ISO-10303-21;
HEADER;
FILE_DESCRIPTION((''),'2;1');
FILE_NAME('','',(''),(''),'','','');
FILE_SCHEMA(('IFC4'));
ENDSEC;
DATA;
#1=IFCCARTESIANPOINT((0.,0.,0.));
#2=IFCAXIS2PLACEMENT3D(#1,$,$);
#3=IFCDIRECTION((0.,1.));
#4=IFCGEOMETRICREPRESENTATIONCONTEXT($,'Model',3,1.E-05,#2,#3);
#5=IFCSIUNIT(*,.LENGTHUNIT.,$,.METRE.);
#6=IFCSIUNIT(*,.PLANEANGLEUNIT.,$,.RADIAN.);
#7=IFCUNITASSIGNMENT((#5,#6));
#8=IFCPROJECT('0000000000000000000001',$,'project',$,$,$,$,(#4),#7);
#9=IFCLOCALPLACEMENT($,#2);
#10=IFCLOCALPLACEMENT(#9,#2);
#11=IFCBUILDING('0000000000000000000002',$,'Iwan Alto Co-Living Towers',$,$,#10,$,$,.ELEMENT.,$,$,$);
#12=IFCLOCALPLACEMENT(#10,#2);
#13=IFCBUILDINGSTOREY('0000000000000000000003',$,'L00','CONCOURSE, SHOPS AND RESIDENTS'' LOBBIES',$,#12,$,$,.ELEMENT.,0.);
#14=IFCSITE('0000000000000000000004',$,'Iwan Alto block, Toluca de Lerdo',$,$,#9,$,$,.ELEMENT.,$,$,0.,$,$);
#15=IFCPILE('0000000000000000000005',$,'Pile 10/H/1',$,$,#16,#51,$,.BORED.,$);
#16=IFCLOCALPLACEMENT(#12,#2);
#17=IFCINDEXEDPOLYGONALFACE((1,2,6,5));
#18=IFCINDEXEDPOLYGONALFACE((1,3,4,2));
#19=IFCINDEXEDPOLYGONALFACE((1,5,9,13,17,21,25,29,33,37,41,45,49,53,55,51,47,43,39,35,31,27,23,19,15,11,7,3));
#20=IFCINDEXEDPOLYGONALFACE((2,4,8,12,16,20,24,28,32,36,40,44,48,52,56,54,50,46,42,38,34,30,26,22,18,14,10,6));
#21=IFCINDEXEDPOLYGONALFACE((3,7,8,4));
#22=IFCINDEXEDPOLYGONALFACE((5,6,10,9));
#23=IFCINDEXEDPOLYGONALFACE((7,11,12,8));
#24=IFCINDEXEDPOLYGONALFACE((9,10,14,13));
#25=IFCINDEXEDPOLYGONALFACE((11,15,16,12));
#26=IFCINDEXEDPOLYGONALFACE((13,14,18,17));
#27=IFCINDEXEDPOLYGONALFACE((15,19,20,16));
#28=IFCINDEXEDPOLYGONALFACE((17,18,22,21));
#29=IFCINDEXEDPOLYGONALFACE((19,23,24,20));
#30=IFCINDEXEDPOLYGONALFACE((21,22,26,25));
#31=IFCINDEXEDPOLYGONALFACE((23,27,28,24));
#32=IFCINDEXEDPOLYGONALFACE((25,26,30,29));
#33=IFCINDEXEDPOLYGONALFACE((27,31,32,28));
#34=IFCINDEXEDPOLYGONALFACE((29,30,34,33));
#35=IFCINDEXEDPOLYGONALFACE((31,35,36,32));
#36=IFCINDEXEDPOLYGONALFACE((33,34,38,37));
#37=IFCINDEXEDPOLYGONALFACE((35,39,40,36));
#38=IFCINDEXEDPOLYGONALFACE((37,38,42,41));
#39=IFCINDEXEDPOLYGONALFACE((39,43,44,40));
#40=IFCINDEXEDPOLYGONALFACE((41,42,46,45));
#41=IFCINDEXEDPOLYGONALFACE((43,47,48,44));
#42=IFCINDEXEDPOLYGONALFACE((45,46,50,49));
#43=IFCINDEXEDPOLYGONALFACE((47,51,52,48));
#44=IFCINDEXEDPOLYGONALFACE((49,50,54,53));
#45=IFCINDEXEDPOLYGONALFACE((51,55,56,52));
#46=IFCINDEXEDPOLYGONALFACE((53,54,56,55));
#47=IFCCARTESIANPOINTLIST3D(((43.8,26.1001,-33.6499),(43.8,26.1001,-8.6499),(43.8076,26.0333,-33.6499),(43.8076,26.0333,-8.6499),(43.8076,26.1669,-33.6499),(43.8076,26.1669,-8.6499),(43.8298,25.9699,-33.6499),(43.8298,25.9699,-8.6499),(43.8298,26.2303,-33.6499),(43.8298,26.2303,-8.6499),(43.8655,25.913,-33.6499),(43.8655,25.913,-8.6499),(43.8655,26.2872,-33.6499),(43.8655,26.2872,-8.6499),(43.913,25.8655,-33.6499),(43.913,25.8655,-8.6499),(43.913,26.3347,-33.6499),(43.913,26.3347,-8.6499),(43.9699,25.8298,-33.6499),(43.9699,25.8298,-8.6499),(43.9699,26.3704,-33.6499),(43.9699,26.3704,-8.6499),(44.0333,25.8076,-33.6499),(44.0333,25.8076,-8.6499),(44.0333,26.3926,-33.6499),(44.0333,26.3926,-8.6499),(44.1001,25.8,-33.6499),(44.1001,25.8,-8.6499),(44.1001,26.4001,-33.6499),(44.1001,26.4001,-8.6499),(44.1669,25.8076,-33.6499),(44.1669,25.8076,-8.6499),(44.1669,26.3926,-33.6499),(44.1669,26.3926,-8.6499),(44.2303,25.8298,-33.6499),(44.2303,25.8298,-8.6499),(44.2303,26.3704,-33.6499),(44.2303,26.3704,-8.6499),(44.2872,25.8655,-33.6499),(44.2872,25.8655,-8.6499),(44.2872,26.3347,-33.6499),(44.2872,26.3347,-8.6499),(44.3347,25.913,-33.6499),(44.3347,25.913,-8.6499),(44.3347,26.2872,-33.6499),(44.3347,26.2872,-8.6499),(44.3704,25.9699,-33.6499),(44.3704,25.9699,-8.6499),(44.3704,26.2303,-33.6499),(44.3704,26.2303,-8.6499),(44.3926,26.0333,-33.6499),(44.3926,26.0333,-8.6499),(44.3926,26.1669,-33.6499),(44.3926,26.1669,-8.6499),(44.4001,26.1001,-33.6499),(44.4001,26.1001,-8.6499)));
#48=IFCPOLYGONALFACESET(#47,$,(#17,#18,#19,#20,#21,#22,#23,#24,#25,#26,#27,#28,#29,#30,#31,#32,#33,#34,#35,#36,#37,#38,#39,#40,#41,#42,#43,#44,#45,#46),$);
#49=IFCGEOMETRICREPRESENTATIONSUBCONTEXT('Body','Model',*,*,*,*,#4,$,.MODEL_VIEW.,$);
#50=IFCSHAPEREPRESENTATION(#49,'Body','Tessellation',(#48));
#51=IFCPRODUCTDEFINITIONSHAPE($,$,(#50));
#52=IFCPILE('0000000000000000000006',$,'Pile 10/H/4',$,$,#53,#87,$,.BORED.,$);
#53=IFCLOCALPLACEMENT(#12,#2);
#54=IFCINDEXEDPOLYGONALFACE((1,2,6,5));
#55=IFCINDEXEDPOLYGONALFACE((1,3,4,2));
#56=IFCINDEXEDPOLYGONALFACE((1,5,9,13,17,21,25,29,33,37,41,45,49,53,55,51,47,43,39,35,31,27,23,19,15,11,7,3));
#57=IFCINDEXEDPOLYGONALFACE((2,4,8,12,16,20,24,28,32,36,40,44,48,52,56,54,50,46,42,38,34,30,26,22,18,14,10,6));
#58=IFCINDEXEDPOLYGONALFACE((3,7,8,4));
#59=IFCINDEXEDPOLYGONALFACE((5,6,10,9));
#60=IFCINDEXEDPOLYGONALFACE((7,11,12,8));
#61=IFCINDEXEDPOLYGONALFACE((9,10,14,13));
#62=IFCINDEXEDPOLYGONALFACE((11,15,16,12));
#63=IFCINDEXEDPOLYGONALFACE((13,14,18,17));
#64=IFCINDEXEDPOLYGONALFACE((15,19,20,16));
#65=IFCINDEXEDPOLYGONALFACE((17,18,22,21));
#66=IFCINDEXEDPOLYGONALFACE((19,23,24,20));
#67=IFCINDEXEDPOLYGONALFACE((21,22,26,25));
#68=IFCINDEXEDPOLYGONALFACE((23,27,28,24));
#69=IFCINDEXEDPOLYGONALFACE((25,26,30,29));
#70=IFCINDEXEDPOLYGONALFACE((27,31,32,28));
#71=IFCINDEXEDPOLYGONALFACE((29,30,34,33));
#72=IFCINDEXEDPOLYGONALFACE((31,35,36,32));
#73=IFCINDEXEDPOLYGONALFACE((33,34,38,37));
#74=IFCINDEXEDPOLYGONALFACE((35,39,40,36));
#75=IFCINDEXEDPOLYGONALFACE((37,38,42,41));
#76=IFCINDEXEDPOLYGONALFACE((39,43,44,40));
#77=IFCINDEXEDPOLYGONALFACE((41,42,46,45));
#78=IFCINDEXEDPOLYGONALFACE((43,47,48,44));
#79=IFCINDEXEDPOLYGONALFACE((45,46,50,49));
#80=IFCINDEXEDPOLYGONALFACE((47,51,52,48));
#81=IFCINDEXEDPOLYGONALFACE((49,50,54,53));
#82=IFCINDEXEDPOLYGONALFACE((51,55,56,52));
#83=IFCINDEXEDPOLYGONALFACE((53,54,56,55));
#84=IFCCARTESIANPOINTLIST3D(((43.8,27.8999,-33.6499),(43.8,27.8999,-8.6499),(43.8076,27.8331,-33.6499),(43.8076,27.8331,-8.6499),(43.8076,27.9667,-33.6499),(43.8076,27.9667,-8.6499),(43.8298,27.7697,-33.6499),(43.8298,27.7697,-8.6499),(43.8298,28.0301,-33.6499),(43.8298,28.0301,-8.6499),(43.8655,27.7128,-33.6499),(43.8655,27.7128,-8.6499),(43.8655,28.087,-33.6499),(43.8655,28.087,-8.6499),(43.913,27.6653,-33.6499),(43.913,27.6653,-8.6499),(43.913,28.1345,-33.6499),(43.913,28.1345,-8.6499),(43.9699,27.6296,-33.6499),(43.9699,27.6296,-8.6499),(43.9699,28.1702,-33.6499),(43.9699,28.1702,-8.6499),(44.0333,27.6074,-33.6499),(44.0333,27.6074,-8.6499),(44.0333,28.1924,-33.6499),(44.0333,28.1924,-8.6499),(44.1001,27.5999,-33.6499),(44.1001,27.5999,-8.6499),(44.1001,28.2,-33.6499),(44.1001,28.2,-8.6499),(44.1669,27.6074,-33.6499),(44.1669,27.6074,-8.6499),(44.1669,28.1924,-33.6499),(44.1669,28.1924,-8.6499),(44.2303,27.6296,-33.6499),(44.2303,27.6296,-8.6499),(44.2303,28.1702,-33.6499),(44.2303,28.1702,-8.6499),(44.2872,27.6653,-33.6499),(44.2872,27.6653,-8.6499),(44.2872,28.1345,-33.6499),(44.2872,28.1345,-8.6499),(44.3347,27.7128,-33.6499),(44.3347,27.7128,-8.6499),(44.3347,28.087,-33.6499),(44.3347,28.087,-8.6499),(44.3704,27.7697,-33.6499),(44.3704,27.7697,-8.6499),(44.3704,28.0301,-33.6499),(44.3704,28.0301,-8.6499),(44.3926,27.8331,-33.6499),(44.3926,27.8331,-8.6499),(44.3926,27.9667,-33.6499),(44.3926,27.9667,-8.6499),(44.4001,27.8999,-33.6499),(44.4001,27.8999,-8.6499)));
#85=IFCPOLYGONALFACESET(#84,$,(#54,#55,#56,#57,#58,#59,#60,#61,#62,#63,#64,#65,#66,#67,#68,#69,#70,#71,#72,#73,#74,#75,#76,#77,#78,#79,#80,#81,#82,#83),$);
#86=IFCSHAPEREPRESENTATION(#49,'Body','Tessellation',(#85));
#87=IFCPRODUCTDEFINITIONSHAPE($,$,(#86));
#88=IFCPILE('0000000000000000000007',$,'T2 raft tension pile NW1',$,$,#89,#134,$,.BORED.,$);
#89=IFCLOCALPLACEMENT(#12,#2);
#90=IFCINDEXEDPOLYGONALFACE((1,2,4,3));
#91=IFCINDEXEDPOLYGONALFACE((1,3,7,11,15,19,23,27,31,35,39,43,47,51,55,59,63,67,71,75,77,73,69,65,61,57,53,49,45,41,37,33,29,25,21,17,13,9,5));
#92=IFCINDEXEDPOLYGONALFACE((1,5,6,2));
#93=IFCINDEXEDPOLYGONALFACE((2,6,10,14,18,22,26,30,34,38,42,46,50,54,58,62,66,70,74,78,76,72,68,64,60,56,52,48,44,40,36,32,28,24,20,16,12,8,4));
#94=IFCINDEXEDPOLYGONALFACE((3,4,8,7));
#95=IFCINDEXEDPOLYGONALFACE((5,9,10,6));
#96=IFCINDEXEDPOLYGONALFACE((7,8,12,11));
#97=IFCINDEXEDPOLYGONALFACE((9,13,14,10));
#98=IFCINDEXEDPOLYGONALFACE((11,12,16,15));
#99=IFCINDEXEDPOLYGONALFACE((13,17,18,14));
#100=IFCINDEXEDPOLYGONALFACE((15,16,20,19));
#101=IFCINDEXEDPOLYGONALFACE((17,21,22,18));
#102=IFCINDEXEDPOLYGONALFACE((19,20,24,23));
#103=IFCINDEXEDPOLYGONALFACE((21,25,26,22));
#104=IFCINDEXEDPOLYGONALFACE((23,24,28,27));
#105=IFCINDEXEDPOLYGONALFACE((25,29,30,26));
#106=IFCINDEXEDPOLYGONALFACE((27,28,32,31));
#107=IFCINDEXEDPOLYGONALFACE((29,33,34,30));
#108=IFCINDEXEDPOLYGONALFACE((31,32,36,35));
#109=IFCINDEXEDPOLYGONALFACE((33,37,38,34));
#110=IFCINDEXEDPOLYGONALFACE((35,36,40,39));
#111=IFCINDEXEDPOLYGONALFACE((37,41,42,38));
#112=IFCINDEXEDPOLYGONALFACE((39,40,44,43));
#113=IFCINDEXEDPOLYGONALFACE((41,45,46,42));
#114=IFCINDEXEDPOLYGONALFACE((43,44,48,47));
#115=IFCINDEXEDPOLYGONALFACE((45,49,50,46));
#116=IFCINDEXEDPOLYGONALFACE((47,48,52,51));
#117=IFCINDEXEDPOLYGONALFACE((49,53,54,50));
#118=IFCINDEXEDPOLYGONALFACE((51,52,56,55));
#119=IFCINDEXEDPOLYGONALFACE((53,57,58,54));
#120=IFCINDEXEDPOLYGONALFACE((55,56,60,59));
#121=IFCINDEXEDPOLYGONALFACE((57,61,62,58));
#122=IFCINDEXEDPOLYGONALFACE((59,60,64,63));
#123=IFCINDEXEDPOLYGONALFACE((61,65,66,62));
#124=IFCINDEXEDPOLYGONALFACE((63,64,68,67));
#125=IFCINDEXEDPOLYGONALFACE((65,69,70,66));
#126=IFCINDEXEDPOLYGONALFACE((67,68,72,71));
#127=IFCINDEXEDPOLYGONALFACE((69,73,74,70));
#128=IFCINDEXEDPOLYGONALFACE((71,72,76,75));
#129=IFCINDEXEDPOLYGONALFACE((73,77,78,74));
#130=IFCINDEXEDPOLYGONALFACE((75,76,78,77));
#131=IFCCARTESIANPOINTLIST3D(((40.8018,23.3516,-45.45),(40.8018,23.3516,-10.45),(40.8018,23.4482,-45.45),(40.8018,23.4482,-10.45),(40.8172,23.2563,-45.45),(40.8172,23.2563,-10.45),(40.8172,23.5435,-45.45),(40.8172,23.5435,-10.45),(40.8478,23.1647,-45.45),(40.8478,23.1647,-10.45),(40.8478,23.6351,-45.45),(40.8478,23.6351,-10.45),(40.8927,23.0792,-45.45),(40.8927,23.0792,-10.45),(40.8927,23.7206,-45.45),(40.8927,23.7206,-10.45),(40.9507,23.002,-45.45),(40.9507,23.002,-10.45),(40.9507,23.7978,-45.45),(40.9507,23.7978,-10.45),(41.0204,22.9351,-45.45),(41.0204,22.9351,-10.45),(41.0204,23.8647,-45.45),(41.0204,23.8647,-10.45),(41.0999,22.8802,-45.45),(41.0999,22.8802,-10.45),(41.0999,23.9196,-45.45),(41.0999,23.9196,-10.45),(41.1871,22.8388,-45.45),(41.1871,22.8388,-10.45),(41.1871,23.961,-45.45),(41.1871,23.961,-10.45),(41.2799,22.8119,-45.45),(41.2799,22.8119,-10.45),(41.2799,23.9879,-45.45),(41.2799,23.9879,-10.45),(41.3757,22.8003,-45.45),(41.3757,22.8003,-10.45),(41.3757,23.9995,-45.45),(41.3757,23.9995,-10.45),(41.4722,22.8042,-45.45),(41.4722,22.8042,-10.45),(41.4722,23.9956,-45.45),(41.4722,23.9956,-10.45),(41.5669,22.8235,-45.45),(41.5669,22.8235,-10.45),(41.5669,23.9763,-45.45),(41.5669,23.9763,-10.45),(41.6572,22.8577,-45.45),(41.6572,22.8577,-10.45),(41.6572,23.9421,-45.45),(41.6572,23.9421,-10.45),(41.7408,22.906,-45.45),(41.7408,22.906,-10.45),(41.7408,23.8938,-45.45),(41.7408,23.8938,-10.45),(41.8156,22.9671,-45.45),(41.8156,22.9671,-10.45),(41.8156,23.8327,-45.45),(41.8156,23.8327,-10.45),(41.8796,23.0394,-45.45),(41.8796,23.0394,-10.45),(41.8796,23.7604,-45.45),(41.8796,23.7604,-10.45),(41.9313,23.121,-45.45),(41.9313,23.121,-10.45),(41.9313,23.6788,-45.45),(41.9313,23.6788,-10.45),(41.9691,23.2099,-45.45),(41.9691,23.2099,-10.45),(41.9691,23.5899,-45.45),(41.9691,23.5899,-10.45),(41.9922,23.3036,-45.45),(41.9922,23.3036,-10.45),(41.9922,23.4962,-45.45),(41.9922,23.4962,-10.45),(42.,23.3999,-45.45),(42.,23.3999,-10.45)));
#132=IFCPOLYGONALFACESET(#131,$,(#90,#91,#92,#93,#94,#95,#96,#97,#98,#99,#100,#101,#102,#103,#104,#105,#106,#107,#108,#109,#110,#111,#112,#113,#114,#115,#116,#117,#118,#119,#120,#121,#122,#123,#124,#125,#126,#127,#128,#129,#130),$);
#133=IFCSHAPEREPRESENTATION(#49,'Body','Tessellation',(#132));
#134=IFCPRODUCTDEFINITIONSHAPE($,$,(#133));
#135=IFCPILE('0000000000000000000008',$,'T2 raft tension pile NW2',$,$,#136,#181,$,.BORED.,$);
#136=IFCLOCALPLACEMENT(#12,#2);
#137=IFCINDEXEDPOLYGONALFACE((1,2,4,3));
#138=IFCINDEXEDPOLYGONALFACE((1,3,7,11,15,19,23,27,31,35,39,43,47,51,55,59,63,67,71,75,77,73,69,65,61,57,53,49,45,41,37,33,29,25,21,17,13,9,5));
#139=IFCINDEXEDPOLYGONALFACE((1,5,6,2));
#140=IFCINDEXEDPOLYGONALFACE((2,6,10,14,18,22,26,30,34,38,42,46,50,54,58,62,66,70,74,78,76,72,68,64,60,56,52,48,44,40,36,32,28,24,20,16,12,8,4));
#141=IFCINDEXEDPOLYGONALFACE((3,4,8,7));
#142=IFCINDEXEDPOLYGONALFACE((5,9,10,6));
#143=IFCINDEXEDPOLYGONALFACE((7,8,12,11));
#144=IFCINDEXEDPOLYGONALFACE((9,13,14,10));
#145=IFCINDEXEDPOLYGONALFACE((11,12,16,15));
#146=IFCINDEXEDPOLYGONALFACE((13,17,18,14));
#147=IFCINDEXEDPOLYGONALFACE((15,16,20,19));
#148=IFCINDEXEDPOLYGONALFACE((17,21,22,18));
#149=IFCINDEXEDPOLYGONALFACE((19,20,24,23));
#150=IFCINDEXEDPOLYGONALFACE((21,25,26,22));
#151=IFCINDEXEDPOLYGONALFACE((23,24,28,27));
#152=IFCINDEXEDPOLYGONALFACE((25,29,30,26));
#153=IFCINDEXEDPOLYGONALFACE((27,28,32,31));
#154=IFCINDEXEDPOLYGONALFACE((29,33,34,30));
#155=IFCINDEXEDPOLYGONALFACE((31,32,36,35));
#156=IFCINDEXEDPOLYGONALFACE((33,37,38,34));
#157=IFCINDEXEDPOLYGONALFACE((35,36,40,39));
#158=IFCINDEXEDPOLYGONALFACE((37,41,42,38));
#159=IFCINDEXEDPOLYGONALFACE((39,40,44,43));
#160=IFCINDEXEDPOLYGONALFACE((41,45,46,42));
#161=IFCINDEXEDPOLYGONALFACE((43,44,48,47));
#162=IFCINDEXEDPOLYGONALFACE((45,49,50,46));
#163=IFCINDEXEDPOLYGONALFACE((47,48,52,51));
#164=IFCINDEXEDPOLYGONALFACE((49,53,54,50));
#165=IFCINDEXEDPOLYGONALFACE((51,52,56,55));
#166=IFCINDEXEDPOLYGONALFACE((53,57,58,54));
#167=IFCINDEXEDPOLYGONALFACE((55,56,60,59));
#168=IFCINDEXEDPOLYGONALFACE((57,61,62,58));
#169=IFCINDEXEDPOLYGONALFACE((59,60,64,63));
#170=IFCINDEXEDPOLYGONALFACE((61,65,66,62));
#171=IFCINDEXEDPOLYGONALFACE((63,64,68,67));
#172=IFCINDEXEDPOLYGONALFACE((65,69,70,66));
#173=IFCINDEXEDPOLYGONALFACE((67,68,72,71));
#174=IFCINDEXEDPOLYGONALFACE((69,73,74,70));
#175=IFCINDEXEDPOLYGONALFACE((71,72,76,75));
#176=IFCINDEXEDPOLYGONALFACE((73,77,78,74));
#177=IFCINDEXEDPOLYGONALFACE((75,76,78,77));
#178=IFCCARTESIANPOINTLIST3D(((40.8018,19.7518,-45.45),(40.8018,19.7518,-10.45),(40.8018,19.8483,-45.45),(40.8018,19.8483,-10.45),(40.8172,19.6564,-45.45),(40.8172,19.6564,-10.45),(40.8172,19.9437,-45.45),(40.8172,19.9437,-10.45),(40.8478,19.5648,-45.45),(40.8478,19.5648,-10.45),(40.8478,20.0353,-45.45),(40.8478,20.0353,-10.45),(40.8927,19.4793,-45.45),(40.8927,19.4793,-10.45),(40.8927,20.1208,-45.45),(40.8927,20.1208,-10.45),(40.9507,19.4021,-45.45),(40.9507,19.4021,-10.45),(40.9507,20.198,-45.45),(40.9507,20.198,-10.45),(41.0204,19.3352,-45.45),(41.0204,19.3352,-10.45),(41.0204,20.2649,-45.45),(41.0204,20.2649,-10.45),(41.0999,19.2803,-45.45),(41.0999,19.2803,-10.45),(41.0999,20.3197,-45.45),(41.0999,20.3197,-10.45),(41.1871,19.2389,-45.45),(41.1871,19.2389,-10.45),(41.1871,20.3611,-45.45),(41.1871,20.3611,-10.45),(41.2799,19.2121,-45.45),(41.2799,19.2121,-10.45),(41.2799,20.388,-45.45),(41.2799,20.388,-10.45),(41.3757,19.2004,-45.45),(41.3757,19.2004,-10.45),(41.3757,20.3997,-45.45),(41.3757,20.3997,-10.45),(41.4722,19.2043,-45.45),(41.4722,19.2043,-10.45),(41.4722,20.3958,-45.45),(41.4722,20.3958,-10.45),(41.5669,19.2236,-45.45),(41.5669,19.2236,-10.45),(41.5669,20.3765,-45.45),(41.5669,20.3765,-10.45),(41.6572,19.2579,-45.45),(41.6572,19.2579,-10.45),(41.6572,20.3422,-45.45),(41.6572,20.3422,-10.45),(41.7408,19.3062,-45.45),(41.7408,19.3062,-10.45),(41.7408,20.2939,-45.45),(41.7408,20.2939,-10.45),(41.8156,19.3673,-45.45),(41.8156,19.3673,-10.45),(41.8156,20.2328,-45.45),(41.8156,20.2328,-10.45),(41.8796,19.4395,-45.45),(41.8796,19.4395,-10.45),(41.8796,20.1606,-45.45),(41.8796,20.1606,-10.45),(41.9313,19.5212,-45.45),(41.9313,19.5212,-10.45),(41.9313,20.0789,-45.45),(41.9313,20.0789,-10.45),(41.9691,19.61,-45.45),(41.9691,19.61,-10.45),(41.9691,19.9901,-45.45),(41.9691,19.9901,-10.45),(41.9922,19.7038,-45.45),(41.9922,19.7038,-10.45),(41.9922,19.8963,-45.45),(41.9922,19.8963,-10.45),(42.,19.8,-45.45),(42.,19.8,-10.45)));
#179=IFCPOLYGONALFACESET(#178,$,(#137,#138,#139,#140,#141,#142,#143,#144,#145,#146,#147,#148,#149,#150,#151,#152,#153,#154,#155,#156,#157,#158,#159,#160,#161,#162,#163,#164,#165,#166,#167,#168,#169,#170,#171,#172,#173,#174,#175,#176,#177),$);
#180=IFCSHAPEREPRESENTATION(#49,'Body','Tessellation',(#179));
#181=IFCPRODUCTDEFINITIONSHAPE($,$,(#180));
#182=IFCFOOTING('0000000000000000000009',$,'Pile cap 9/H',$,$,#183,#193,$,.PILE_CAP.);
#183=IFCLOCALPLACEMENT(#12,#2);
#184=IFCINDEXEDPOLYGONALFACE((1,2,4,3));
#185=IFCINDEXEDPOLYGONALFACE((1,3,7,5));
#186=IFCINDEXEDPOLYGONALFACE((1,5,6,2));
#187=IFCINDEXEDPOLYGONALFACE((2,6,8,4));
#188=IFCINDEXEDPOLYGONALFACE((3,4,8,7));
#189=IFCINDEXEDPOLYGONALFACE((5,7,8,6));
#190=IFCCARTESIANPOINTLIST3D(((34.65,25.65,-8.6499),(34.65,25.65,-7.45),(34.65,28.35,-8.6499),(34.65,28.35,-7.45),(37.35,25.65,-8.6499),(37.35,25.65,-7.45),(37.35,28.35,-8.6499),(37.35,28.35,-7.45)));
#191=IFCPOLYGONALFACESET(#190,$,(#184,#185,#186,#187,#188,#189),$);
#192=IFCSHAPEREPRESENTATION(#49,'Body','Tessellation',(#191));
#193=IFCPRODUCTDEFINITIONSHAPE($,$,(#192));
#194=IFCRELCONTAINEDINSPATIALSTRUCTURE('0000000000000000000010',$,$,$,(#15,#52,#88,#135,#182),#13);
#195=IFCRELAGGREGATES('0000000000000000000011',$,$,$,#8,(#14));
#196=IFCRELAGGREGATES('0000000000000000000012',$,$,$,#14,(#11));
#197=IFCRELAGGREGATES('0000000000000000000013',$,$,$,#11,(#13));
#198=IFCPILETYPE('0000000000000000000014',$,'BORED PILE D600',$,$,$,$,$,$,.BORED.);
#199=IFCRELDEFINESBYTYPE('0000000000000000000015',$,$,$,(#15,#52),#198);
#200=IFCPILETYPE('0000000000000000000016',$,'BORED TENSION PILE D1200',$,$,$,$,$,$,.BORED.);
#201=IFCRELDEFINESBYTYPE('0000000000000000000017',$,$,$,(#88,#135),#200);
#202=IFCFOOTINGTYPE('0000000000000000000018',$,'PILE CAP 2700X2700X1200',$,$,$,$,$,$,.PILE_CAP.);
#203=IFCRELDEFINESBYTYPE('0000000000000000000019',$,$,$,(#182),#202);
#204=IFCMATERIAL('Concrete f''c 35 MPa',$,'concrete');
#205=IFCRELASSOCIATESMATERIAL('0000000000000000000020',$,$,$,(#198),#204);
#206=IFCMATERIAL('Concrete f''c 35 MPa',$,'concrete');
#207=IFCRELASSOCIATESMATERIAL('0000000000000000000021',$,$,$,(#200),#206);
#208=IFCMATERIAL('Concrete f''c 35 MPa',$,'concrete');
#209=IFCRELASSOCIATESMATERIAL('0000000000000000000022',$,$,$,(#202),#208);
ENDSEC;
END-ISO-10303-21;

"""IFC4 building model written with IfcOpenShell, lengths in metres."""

from ifc_helpers import new_model, si_unit, direction, frame, origin, origin_2d, place, context, subcontext, project, spatial, rectangle, circle, extrude, material, material_profile, profile_set, type_object, element, save


model = new_model("IFC4")

# Units and contexts
model_context = context("Model", 3, precision=1e-05, world=origin(), true_north=direction((0.0, 1.0)))
body_context = subcontext(model_context, "Body", "Model", "MODEL_VIEW")
ifc_project = project(units=[si_unit("LENGTHUNIT", "METRE"), si_unit("PLANEANGLEUNIT", "RADIAN")], contexts=[model_context])

# Site, building, storey
site_placement = place(None, origin())
site = spatial("IfcSite", under=ifc_project, at=site_placement, Name="Iwan Alto block, Toluca de Lerdo", CompositionType="ELEMENT", RefElevation=0.0)
building_placement = place(site_placement, origin())
building = spatial("IfcBuilding", under=site, at=building_placement, Name="Iwan Alto Co-Living Towers", CompositionType="ELEMENT")
storey_placement = place(building_placement, origin())
storey = spatial("IfcBuildingStorey", under=building, at=storey_placement, Name="L00", Description="CONCOURSE, SHOPS AND RESIDENTS' LOBBIES", CompositionType="ELEMENT", Elevation=0.0)

# Piles
ifc_material_1 = material(Name="Concrete f'c 35 MPa", Category="concrete")
ifc_material_profile_1 = material_profile(ifc_material_1, circle(Radius=0.3, at=origin_2d()), Name="D600")
ifc_profile_set_1 = profile_set([ifc_material_profile_1], Name="Concrete f'c 35 MPa")
pile_type_1 = type_object("IfcPileType", Name="BORED PILE D600", PredefinedType="BORED", material=ifc_profile_set_1)
for number, where, z_axis, x_axis, name in (
    (1, (44.1001, 26.1001, -8.6499), (0.0, 0.0, -1.0), (1.0, 0.0, 0.0), "Pile 10/H/1"),
    (2, (44.1001, 27.8999, -8.6499), (0.0, 0.0, -1.0), (1.0, 0.0, 0.0), "Pile 10/H/4"),
):
    element("IfcPile", number, at=place(storey_placement, frame(where, z_axis=z_axis, x_axis=x_axis)), inside=storey, type_object=pile_type_1, Name=name, PredefinedType="BORED", context=body_context, shape_type="SweptSolid", body=[
        extrude(circle(Radius=0.3, at=origin_2d()), origin(), (0.0, 0.0, 1.0), 25.0),
    ])
ifc_material_2 = material(Name="Concrete f'c 35 MPa", Category="concrete")
ifc_material_profile_2 = material_profile(ifc_material_2, circle(Radius=0.6001, at=origin_2d()), Name="D1200")
ifc_profile_set_2 = profile_set([ifc_material_profile_2], Name="Concrete f'c 35 MPa")
pile_type_2 = type_object("IfcPileType", Name="BORED TENSION PILE D1200", PredefinedType="BORED", material=ifc_profile_set_2)
for number, where, z_axis, x_axis, name in (
    (3, (41.3999, 23.3999, -10.45), (0.0, 0.0, -1.0), (1.0, 0.0, 0.0), "T2 raft tension pile NW1"),
    (4, (41.3999, 19.8, -10.45), (0.0, 0.0, -1.0), (1.0, 0.0, 0.0), "T2 raft tension pile NW2"),
):
    element("IfcPile", number, at=place(storey_placement, frame(where, z_axis=z_axis, x_axis=x_axis)), inside=storey, type_object=pile_type_2, Name=name, PredefinedType="BORED", context=body_context, shape_type="SweptSolid", body=[
        extrude(circle(Radius=0.6001, at=origin_2d()), origin(), (0.0, 0.0, 1.0), 35.0),
    ])

# Footing
ifc_material_3 = material(Name="Concrete f'c 35 MPa", Category="concrete")
footing_type = type_object("IfcFootingType", Name="PILE CAP 2700X2700X1200", PredefinedType="PILE_CAP", material=ifc_material_3)
footing_placement = place(storey_placement, frame((36.0, 27.0, -8.6499), z_axis=(0.0, 0.0, 1.0), x_axis=(1.0, 0.0, 0.0)))
element("IfcFooting", 5, at=footing_placement, inside=storey, type_object=footing_type, Name="Pile cap 9/H", PredefinedType="PILE_CAP", context=body_context, shape_type="SweptSolid", body=[
    extrude(rectangle(XDim=2.7, YDim=2.7, at=origin_2d()), origin(), (0.0, 0.0, 1.0), 1.2),
])

save(model, "model.ifc")
